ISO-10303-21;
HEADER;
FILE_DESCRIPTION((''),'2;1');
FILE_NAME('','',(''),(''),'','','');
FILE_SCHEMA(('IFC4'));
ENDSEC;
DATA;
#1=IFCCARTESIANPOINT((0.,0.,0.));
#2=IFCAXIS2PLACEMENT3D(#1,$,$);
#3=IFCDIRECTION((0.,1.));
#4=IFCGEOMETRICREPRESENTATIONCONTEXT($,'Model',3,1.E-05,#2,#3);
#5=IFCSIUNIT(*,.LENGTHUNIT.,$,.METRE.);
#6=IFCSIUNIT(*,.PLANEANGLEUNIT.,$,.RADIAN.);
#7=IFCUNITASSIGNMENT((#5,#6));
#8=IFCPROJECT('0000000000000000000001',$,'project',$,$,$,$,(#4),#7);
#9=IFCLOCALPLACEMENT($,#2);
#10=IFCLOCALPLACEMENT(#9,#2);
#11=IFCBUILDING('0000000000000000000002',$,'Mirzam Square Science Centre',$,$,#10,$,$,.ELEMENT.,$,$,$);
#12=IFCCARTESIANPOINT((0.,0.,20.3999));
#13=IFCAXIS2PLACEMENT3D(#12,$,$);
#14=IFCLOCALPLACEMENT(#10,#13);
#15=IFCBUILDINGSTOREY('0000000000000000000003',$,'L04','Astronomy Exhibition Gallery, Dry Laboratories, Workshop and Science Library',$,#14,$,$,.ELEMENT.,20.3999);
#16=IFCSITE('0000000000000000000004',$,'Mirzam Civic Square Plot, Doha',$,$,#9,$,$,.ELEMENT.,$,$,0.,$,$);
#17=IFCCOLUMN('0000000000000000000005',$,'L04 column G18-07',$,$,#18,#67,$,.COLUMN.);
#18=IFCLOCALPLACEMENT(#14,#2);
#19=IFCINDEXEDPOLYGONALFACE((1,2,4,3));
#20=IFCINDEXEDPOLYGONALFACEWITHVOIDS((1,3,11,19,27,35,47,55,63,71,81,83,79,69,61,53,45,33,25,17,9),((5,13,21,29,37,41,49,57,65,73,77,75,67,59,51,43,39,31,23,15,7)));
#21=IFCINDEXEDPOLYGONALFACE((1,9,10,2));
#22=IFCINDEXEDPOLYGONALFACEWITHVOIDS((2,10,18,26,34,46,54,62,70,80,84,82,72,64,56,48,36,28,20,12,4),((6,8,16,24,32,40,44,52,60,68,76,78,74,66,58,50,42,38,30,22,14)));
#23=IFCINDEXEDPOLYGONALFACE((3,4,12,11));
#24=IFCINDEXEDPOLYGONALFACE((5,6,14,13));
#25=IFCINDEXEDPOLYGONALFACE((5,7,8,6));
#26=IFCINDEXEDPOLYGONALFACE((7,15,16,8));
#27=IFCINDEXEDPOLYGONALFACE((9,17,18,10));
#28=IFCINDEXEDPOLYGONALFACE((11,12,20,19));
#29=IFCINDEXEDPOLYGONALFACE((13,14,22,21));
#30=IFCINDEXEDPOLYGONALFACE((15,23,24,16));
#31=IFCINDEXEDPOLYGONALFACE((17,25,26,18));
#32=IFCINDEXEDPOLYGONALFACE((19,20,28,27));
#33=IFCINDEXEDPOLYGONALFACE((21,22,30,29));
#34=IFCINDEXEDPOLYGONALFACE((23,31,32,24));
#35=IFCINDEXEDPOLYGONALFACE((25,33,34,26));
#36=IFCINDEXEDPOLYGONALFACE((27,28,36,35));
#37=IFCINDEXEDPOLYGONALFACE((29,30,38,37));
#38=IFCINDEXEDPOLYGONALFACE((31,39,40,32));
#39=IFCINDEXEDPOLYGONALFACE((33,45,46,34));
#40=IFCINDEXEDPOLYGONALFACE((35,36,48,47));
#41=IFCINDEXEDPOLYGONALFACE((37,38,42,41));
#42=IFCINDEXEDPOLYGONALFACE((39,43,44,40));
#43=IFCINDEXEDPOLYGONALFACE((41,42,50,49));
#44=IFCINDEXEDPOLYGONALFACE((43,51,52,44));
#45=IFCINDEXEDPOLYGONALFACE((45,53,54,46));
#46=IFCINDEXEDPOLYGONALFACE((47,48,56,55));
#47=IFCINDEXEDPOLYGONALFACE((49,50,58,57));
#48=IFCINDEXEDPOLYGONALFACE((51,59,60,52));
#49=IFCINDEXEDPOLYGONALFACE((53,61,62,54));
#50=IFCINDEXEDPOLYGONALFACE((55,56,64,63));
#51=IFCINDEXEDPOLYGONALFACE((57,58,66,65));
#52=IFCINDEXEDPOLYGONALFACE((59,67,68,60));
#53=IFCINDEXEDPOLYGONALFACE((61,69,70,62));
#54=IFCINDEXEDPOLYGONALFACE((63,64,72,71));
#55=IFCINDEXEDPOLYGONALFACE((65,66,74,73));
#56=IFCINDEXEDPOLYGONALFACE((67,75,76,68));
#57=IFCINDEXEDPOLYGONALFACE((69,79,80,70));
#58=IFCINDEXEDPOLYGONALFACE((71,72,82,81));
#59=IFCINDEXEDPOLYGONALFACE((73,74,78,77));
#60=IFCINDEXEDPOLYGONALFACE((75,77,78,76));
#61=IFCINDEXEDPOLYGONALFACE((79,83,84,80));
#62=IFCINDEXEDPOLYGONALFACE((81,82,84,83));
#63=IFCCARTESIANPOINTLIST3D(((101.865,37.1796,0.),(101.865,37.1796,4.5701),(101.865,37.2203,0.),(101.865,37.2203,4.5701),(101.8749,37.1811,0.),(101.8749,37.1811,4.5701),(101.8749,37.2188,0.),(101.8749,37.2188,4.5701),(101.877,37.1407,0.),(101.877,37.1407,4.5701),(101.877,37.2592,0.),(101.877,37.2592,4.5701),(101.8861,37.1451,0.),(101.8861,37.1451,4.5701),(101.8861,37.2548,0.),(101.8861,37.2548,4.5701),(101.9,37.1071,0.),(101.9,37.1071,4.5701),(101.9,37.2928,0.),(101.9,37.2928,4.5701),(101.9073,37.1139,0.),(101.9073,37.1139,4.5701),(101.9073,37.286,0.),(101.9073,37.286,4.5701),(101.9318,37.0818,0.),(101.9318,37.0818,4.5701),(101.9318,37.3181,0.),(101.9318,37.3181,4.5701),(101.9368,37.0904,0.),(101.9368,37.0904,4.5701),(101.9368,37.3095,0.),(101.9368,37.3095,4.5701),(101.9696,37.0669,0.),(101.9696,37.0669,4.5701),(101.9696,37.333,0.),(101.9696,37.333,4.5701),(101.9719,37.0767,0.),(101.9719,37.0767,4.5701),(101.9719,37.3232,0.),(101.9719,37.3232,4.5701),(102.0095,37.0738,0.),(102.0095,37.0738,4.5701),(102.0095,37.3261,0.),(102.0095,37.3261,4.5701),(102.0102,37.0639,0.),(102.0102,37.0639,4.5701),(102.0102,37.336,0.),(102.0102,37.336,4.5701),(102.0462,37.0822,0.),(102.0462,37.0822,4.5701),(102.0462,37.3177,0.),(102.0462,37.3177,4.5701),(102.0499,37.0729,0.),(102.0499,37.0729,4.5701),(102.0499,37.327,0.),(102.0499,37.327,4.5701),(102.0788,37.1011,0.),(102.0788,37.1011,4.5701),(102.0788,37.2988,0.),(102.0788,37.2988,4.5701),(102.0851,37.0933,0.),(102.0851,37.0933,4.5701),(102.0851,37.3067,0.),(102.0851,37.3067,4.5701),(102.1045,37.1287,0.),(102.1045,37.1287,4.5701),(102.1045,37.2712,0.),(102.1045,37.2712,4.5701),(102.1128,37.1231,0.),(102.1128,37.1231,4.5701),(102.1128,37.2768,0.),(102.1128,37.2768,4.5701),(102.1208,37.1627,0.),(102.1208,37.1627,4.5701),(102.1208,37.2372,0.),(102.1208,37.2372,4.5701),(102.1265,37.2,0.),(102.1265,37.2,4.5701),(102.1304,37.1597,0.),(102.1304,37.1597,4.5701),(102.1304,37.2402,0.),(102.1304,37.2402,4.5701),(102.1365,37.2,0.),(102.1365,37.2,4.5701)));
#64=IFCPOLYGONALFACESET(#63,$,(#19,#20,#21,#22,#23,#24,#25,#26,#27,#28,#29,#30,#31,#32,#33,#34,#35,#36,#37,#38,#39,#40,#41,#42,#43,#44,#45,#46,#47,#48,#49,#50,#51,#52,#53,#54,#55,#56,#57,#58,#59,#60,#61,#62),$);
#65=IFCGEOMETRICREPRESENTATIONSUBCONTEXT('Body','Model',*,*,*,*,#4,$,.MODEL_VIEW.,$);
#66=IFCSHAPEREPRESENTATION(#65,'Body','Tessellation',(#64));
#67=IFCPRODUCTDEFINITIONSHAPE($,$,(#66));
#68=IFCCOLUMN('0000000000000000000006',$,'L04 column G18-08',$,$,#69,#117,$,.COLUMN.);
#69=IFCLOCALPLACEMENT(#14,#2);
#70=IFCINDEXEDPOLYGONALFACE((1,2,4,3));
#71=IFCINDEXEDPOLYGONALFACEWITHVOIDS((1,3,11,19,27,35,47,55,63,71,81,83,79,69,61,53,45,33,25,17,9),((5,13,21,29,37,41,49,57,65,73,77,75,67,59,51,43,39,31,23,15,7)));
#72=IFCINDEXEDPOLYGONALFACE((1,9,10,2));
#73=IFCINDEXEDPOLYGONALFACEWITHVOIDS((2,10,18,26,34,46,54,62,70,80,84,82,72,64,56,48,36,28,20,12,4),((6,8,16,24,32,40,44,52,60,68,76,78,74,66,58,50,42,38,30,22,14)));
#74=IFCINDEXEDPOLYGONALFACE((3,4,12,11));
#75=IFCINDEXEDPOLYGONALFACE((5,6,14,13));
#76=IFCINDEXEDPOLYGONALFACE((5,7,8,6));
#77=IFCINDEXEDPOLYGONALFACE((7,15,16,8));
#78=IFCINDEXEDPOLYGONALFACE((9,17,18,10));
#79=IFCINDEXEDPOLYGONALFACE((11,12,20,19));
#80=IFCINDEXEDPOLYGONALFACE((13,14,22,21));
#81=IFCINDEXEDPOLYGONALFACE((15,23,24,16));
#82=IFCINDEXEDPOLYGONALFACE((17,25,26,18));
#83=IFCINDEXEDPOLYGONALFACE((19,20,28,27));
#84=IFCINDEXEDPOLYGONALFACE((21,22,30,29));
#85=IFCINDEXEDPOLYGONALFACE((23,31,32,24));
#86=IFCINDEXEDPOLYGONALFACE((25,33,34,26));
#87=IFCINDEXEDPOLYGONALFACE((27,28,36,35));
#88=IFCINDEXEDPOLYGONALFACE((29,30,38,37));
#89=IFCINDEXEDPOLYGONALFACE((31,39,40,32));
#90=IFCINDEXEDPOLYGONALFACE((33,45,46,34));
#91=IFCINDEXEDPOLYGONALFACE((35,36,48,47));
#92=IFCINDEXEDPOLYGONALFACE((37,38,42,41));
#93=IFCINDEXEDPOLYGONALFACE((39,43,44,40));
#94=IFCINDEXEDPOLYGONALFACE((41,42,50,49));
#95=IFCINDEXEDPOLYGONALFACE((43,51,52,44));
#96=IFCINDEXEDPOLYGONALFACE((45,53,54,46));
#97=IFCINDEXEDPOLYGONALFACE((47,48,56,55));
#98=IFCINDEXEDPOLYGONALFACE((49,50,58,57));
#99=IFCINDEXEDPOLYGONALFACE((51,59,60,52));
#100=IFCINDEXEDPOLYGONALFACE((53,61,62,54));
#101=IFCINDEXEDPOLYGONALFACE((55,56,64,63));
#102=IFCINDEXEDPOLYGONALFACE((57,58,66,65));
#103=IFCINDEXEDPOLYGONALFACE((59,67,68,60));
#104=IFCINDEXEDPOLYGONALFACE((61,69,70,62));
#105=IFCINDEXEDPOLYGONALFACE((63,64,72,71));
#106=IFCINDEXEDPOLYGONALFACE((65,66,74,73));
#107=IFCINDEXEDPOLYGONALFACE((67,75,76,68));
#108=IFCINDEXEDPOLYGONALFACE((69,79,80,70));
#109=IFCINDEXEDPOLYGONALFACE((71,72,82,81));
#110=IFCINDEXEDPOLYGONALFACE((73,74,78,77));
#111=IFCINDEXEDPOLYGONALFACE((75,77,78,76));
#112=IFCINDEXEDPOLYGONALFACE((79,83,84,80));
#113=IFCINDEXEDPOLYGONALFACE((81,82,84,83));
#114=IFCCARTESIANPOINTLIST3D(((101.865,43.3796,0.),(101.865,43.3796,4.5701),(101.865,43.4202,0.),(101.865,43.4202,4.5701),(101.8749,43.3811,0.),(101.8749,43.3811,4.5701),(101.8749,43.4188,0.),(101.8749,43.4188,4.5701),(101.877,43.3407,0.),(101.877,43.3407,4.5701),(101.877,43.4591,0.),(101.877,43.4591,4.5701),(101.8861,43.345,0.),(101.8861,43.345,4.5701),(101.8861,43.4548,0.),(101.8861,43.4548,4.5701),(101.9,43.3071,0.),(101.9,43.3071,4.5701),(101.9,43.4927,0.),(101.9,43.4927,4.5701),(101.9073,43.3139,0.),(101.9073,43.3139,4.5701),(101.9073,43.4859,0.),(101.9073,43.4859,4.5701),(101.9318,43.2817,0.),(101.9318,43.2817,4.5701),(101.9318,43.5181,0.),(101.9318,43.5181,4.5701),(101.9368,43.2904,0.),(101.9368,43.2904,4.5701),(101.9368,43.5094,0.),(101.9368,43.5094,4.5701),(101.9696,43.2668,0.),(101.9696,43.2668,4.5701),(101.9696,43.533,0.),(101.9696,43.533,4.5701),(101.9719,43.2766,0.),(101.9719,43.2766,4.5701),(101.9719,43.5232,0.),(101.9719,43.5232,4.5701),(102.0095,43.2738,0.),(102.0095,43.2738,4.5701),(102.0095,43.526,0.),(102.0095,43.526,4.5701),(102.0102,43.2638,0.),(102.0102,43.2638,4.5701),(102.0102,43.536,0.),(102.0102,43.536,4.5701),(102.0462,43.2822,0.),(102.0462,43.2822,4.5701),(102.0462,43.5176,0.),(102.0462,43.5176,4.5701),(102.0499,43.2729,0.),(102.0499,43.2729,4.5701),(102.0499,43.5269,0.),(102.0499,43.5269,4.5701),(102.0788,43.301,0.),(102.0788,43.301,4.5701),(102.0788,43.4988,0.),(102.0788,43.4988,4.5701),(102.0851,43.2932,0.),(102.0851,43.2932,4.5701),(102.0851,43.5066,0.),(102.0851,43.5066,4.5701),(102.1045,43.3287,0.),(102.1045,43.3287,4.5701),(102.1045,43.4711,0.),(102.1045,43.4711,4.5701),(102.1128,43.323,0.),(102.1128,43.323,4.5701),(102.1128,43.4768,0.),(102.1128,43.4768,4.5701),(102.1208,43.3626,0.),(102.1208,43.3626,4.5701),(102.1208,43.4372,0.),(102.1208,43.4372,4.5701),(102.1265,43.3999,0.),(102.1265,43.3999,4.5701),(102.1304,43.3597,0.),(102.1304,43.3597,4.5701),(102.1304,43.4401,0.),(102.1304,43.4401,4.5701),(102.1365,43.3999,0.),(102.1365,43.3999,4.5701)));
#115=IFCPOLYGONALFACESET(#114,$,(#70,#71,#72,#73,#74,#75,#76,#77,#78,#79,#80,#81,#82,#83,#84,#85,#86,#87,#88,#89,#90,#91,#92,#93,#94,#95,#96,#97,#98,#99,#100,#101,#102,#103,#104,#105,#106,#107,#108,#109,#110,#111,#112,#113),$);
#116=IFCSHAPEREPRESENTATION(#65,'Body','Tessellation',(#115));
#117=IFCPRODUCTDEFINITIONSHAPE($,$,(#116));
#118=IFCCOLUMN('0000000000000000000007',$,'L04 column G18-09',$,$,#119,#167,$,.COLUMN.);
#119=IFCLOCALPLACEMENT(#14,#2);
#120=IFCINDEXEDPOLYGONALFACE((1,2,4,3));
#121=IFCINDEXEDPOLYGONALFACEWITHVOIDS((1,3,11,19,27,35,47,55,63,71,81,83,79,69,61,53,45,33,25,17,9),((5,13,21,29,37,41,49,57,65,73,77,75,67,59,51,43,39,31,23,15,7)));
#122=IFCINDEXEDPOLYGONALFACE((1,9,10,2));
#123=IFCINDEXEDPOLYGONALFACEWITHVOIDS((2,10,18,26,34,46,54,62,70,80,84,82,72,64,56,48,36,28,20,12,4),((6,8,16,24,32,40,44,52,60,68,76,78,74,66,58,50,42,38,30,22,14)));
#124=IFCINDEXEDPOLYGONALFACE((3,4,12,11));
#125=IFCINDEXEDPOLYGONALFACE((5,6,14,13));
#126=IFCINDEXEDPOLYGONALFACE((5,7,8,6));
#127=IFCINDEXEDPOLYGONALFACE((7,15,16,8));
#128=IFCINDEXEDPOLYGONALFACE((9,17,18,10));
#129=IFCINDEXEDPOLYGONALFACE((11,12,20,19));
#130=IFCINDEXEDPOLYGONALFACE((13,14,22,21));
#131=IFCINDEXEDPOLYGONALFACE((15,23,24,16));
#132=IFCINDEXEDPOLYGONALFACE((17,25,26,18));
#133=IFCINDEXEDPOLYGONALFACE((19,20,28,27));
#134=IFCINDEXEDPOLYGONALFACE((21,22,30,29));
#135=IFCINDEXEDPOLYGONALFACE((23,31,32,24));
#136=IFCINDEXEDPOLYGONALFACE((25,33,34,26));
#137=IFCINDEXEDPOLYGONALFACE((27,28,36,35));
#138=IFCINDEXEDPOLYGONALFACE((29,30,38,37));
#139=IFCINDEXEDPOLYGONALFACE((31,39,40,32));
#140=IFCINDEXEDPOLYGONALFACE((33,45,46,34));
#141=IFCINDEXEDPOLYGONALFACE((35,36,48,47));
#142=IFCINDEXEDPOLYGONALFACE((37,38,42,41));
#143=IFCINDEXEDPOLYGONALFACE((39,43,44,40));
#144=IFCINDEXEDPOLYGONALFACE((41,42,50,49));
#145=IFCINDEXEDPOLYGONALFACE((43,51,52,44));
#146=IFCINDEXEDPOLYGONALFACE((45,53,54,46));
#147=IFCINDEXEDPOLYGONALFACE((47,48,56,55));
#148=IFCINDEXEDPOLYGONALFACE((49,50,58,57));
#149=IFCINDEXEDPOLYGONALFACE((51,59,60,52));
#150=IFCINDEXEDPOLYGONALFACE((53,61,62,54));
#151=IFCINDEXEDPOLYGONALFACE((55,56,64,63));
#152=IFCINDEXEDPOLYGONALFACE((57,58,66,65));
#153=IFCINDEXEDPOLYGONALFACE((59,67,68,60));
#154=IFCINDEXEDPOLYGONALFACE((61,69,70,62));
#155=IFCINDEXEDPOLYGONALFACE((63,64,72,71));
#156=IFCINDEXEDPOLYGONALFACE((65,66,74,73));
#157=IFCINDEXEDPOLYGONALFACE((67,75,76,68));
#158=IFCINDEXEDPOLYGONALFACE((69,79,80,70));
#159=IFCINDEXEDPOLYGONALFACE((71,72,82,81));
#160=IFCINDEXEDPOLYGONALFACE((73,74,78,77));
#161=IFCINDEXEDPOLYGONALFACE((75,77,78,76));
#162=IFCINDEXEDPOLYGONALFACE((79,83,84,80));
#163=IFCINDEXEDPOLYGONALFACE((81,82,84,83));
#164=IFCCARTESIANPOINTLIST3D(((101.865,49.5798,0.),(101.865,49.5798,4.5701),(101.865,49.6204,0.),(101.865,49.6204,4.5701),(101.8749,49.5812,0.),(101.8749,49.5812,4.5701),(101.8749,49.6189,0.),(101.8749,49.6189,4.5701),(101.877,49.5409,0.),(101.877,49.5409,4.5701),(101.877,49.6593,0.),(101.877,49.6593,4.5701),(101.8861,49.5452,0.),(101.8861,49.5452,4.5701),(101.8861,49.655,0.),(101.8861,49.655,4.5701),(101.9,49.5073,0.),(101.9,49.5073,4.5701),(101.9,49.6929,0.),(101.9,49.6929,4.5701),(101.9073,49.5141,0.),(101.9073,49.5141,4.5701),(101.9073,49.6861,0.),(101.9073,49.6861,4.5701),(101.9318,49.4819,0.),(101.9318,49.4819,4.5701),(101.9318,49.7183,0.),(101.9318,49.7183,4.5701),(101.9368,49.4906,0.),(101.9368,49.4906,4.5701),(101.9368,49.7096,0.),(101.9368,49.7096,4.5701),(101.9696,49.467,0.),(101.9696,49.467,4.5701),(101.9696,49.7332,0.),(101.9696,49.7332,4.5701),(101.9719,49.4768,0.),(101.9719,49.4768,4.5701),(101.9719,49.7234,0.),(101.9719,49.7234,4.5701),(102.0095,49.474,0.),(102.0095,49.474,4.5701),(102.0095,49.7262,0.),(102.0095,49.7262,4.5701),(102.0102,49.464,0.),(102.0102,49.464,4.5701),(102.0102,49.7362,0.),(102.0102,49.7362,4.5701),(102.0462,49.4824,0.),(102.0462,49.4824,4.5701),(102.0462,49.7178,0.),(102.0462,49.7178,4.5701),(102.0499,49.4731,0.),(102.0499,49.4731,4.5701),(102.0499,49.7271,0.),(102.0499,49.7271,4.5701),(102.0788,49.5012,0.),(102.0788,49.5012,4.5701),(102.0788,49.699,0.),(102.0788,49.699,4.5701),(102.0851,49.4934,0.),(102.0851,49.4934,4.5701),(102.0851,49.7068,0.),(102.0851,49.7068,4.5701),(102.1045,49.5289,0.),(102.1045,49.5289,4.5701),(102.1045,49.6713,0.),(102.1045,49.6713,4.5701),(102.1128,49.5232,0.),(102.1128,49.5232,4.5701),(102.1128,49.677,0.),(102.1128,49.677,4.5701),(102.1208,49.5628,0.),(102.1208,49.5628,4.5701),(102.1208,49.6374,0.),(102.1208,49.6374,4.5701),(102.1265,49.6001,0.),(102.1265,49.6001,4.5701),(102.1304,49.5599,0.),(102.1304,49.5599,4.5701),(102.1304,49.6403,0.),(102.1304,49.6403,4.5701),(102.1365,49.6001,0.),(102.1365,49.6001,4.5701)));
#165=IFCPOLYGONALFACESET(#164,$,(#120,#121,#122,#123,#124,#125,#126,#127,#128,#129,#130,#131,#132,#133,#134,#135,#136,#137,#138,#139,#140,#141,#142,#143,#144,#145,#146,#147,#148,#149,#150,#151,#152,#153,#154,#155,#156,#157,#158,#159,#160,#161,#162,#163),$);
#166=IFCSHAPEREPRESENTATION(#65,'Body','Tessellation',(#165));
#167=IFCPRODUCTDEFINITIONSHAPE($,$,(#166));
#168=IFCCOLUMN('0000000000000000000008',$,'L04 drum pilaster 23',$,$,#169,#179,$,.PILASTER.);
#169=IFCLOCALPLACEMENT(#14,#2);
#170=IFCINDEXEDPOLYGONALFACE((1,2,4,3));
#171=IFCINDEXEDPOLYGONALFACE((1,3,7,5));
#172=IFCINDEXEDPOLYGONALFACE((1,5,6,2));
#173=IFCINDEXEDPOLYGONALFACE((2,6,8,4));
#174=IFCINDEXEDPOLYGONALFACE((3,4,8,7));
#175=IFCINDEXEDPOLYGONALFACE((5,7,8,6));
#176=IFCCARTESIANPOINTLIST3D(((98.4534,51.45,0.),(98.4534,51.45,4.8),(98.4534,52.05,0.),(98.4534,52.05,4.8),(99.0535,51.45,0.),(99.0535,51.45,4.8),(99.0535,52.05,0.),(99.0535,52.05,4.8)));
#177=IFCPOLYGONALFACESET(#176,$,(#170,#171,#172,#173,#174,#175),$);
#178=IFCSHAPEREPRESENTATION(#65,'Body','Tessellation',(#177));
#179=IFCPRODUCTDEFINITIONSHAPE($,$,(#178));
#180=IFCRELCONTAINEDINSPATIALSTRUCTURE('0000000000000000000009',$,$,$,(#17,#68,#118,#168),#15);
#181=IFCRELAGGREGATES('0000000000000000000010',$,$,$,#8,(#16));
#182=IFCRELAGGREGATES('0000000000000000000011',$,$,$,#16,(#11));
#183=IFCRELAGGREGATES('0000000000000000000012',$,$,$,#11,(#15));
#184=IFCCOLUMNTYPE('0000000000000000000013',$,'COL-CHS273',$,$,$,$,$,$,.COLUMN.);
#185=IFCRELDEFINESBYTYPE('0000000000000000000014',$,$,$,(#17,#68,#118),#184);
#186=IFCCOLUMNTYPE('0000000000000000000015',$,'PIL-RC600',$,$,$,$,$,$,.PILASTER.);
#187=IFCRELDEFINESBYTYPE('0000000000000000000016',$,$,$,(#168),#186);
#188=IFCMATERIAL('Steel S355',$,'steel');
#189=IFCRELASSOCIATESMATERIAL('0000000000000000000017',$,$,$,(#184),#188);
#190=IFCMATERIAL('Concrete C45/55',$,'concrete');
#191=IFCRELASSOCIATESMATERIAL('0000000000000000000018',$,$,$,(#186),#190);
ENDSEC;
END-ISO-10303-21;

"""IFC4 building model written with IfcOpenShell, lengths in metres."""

from ifc_helpers import new_model, si_unit, direction, frame, origin, origin_2d, place, context, subcontext, project, spatial, rectangle, hollow_circle, extrude, material, material_profile, profile_set, type_object, element, save


model = new_model("IFC4")

# Units and contexts
model_context = context("Model", 3, precision=1e-05, world=origin(), true_north=direction((0.0, 1.0)))
body_context = subcontext(model_context, "Body", "Model", "MODEL_VIEW")
ifc_project = project(units=[si_unit("LENGTHUNIT", "METRE"), si_unit("PLANEANGLEUNIT", "RADIAN")], contexts=[model_context])

# Site, building, storey
site_placement = place(None, origin())
site = spatial("IfcSite", under=ifc_project, at=site_placement, Name="Mirzam Civic Square Plot, Doha", CompositionType="ELEMENT", RefElevation=0.0)
building_placement = place(site_placement, origin())
building = spatial("IfcBuilding", under=site, at=building_placement, Name="Mirzam Square Science Centre", CompositionType="ELEMENT")
storey_placement = place(building_placement, frame((0.0, 0.0, 20.3999)))
storey = spatial("IfcBuildingStorey", under=building, at=storey_placement, Name="L04", Description="Astronomy Exhibition Gallery, Dry Laboratories, Workshop and Science Library", CompositionType="ELEMENT", Elevation=20.3999)

# Columns
ifc_material_1 = material(Name="Steel S355", Category="steel")
ifc_material_profile_1 = material_profile(ifc_material_1, hollow_circle(Radius=0.1365, WallThickness=0.01, at=origin_2d()), Name="273.0x10.0CHS")
ifc_profile_set_1 = profile_set([ifc_material_profile_1], Name="Steel S355")
column_type_1 = type_object("IfcColumnType", Name="COL-CHS273", PredefinedType="COLUMN", material=ifc_profile_set_1)
for number, where, z_axis, x_axis, name in (
    (1, (102.0, 37.2, 0.0), (0.0, 0.0, 1.0), (1.0, 0.0, 0.0), "L04 column G18-07"),
    (2, (102.0, 43.3999, 0.0), (0.0, 0.0, 1.0), (1.0, 0.0, 0.0), "L04 column G18-08"),
    (3, (102.0, 49.6001, 0.0), (0.0, 0.0, 1.0), (1.0, 0.0, 0.0), "L04 column G18-09"),
):
    element("IfcColumn", number, at=place(storey_placement, frame(where, z_axis=z_axis, x_axis=x_axis)), inside=storey, type_object=column_type_1, Name=name, PredefinedType="COLUMN", context=body_context, shape_type="SweptSolid", body=[
        extrude(hollow_circle(Radius=0.1365, WallThickness=0.01, at=origin_2d()), origin(), (0.0, 0.0, 1.0), 4.5701),
    ])
ifc_material_2 = material(Name="Concrete C45/55", Category="concrete")
ifc_material_profile_2 = material_profile(ifc_material_2, rectangle(XDim=0.6001, YDim=0.6001, at=origin_2d()), Name="RC600x600")
ifc_profile_set_2 = profile_set([ifc_material_profile_2], Name="Concrete C45/55")
column_type_2 = type_object("IfcColumnType", Name="PIL-RC600", PredefinedType="PILASTER", material=ifc_profile_set_2)
column_1_placement = place(storey_placement, frame((98.7534, 51.75, 0.0), z_axis=(0.0, 0.0, 1.0), x_axis=(1.0, 0.0, 0.0)))
element("IfcColumn", 4, at=column_1_placement, inside=storey, type_object=column_type_2, Name="L04 drum pilaster 23", PredefinedType="PILASTER", context=body_context, shape_type="SweptSolid", body=[
    extrude(rectangle(XDim=0.6001, YDim=0.6001, at=origin_2d()), origin(), (0.0, 0.0, 1.0), 4.8),
])

save(model, "model.ifc")
